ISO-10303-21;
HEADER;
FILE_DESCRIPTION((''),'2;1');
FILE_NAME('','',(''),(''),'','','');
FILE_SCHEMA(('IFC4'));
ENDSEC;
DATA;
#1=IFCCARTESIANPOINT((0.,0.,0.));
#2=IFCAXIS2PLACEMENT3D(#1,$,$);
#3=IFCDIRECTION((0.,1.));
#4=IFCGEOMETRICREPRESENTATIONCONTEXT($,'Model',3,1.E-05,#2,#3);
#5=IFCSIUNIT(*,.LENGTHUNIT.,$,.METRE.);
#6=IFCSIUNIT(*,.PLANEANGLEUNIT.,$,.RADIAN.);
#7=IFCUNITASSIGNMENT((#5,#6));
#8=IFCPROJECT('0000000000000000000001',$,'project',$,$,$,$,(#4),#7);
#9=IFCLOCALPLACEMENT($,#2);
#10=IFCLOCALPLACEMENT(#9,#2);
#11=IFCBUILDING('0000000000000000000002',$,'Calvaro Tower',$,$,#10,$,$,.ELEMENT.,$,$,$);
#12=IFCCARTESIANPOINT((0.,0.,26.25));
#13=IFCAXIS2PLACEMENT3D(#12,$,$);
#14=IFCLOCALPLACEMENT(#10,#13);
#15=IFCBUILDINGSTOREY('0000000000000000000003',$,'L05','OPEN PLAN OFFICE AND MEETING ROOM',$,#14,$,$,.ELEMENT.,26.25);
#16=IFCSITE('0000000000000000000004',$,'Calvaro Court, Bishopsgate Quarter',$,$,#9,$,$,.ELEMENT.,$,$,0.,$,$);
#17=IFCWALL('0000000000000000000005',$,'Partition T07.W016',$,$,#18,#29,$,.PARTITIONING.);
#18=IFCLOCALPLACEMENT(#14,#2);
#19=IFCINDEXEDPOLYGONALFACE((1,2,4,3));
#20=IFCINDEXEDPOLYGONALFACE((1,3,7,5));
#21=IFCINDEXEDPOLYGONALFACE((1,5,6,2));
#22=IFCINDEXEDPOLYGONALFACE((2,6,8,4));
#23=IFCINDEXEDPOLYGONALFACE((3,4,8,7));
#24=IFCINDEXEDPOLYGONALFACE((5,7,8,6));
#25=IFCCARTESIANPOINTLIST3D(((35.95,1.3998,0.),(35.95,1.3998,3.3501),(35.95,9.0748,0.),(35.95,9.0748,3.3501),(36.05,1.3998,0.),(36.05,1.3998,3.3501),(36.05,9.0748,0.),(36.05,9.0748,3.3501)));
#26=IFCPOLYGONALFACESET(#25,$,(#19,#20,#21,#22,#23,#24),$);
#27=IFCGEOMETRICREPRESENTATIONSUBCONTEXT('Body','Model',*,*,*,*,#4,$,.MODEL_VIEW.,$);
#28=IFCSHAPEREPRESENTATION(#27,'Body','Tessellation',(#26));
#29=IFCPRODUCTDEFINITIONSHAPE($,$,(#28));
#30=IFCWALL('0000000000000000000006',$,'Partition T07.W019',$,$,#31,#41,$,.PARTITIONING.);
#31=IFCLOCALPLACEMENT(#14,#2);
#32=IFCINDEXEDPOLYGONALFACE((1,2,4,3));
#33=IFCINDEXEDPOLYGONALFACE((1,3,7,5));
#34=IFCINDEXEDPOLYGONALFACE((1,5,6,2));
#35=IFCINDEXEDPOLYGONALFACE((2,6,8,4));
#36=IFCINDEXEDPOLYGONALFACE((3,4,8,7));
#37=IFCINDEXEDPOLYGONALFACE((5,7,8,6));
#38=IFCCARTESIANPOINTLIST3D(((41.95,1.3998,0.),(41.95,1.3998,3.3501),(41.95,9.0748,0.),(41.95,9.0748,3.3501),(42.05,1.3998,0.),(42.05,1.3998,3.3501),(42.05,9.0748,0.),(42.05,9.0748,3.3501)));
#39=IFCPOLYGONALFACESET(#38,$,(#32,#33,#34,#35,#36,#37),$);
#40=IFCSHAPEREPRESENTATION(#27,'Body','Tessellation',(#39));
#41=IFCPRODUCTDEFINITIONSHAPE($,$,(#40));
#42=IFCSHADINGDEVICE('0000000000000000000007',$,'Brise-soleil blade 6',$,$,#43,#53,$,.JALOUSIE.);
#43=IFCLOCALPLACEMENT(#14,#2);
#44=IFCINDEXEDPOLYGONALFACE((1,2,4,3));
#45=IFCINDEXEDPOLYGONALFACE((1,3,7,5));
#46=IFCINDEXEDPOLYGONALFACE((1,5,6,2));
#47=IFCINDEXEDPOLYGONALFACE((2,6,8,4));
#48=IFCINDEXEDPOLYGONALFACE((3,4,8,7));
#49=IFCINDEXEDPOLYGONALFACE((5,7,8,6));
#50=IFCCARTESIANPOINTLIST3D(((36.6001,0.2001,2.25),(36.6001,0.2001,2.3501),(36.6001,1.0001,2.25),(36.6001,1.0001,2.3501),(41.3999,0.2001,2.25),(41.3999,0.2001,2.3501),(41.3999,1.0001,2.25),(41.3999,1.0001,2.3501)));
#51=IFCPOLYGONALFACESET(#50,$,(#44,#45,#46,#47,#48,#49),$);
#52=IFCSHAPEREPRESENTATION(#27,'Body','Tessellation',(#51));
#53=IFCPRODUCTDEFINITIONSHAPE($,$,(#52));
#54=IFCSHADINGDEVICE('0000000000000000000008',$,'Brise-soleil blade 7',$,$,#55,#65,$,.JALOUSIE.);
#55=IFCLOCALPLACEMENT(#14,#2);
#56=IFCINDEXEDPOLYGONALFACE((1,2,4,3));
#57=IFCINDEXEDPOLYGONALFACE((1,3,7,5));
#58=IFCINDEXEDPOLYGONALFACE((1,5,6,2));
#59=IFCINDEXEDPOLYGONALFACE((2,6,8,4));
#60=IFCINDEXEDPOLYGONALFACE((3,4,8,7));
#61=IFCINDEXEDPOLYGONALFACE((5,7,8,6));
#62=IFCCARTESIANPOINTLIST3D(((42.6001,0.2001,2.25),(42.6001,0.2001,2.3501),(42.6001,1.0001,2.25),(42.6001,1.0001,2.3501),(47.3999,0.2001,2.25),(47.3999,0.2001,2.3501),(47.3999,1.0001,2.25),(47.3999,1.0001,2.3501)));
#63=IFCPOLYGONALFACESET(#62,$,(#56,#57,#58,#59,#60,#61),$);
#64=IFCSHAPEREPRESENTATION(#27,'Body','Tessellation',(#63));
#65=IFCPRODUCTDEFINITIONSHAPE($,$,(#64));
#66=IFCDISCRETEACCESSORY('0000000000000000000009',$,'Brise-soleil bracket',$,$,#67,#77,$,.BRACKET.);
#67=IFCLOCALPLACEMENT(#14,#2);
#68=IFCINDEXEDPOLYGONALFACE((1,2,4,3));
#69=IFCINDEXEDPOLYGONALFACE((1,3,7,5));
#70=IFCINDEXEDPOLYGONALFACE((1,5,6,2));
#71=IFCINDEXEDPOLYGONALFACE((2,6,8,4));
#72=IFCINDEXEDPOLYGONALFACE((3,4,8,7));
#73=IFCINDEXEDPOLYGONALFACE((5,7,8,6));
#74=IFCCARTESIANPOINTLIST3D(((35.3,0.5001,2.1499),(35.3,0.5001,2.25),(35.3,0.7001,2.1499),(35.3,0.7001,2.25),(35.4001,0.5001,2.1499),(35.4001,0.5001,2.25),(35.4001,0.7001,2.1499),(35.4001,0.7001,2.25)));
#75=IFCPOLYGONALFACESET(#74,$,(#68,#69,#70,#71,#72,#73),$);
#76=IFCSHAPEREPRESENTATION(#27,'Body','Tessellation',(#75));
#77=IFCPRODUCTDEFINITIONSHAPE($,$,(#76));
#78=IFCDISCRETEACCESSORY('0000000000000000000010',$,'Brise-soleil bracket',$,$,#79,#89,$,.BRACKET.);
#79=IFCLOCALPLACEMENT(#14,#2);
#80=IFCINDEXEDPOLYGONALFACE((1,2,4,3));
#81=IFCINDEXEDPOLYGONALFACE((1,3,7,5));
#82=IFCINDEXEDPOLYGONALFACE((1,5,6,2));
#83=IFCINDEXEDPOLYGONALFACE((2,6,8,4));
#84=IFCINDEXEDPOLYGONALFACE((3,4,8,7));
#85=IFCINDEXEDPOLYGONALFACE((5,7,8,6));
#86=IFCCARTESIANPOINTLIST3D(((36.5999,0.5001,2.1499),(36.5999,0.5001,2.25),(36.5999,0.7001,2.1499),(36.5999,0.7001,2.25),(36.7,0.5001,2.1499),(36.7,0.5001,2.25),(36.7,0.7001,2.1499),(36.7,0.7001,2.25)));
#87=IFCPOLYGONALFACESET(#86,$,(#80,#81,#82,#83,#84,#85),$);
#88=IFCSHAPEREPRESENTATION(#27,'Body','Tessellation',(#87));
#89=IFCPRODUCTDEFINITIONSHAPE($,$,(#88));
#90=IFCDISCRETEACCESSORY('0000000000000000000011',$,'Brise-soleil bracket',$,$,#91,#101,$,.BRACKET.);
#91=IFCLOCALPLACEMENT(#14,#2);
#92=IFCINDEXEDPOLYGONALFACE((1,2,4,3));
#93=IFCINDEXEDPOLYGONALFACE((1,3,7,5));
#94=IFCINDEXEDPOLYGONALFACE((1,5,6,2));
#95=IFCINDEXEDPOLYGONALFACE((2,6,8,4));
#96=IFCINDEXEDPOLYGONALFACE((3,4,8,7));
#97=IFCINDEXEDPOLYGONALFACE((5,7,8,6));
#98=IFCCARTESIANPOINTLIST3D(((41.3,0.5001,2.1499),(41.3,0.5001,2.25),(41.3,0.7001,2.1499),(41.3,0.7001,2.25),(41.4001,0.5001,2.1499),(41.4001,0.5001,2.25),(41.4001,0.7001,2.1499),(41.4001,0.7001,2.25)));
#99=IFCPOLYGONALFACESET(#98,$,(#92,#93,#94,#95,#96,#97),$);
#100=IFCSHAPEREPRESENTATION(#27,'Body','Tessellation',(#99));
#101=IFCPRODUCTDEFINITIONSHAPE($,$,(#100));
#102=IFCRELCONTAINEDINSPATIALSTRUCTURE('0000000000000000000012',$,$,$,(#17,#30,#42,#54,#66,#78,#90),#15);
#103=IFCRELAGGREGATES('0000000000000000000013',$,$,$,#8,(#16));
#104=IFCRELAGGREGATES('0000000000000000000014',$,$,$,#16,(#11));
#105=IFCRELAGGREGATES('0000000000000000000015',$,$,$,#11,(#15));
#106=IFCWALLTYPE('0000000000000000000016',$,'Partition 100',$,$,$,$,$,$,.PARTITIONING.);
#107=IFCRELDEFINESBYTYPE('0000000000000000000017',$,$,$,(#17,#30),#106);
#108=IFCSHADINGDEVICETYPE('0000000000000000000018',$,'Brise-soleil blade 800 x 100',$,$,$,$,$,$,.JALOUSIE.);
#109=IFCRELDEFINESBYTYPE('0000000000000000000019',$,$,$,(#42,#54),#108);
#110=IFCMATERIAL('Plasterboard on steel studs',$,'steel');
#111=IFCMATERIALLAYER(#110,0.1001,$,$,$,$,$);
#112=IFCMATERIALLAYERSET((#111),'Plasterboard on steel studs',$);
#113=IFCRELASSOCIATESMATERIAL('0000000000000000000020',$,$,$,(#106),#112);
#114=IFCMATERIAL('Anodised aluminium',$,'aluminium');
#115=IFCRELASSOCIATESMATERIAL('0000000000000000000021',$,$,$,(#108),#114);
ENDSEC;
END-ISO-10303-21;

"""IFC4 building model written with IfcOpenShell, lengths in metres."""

from ifc_helpers import new_model, si_unit, direction, frame, frame_2d, origin, origin_2d, place, context, subcontext, project, spatial, rectangle, extrude, material, layer, layer_set, material_profile, profile_set, type_object, element, save


model = new_model("IFC4")

# Units and contexts
model_context = context("Model", 3, precision=1e-05, world=origin(), true_north=direction((0.0, 1.0)))
body_context = subcontext(model_context, "Body", "Model", "MODEL_VIEW")
ifc_project = project(units=[si_unit("LENGTHUNIT", "METRE"), si_unit("PLANEANGLEUNIT", "RADIAN")], contexts=[model_context])

# Site, building, storey
site_placement = place(None, origin())
site = spatial("IfcSite", under=ifc_project, at=site_placement, Name="Calvaro Court, Bishopsgate Quarter", CompositionType="ELEMENT", RefElevation=0.0)
building_placement = place(site_placement, origin())
building = spatial("IfcBuilding", under=site, at=building_placement, Name="Calvaro Tower", CompositionType="ELEMENT")
storey_placement = place(building_placement, frame((0.0, 0.0, 26.25)))
storey = spatial("IfcBuildingStorey", under=building, at=storey_placement, Name="L05", Description="OPEN PLAN OFFICE AND MEETING ROOM", CompositionType="ELEMENT", Elevation=26.25)

# Walls
ifc_material_1 = material(Name="Plasterboard on steel studs", Category="steel")
ifc_layer_1 = layer(ifc_material_1, 0.1001)
ifc_layer_set_1 = layer_set([ifc_layer_1], Name="Plasterboard on steel studs")
wall_type = type_object("IfcWallType", Name="Partition 100", PredefinedType="PARTITIONING", material=ifc_layer_set_1)
for number, where, z_axis, x_axis, name in (
    (1, (36.0, 1.3999, 0.0), (0.0, 0.0, 1.0), (0.0, 1.0, 0.0), "Partition T07.W016"),
    (2, (42.0, 1.3999, 0.0), (0.0, 0.0, 1.0), (0.0, 1.0, 0.0), "Partition T07.W019"),
):
    element("IfcWall", number, at=place(storey_placement, frame(where, z_axis=z_axis, x_axis=x_axis)), inside=storey, type_object=wall_type, Name=name, PredefinedType="PARTITIONING", context=body_context, shape_type="SweptSolid", body=[
        extrude(rectangle(XDim=7.675, YDim=0.1001, at=frame_2d((3.8374, 0.0))), origin(), (0.0, 0.0, 1.0), 3.3501),
    ])

# Shading devices
ifc_material_2 = material(Name="Anodised aluminium", Category="aluminium")
ifc_material_profile_1 = material_profile(ifc_material_2, rectangle(XDim=0.8, YDim=0.1001, at=origin_2d()), Name="Brise-soleil blade 800 x 100")
ifc_profile_set_1 = profile_set([ifc_material_profile_1], Name="Anodised aluminium")
shading_device_type = type_object("IfcShadingDeviceType", Name="Brise-soleil blade 800 x 100", PredefinedType="JALOUSIE", material=ifc_profile_set_1)
for number, where, z_axis, x_axis, name in (
    (3, (36.6001, 0.6001, 2.3), (1.0, 0.0, 0.0), (0.0, 1.0, 0.0), "Brise-soleil blade 6"),
    (4, (42.6001, 0.6001, 2.3), (1.0, 0.0, 0.0), (0.0, 1.0, 0.0), "Brise-soleil blade 7"),
):
    element("IfcShadingDevice", number, at=place(storey_placement, frame(where, z_axis=z_axis, x_axis=x_axis)), inside=storey, type_object=shading_device_type, Name=name, PredefinedType="JALOUSIE", context=body_context, shape_type="SweptSolid", body=[
        extrude(rectangle(XDim=0.8, YDim=0.1001, at=origin_2d()), origin(), (0.0, 0.0, 1.0), 4.7998),
    ])

# Discrete accessories
for number, where, z_axis, x_axis, name in (
    (5, (35.3501, 0.6001, 2.1499), (0.0, 0.0, 1.0), (1.0, 0.0, 0.0), "Brise-soleil bracket"),
    (6, (36.6499, 0.6001, 2.1499), (0.0, 0.0, 1.0), (1.0, 0.0, 0.0), "Brise-soleil bracket"),
    (7, (41.3501, 0.6001, 2.1499), (0.0, 0.0, 1.0), (1.0, 0.0, 0.0), "Brise-soleil bracket"),
):
    element("IfcDiscreteAccessory", number, at=place(storey_placement, frame(where, z_axis=z_axis, x_axis=x_axis)), inside=storey, Name=name, PredefinedType="BRACKET", context=body_context, shape_type="SweptSolid", body=[
        extrude(rectangle(XDim=0.1001, YDim=0.2, at=origin_2d()), origin(), (0.0, 0.0, 1.0), 0.1001),
    ])

save(model, "model.ifc")
